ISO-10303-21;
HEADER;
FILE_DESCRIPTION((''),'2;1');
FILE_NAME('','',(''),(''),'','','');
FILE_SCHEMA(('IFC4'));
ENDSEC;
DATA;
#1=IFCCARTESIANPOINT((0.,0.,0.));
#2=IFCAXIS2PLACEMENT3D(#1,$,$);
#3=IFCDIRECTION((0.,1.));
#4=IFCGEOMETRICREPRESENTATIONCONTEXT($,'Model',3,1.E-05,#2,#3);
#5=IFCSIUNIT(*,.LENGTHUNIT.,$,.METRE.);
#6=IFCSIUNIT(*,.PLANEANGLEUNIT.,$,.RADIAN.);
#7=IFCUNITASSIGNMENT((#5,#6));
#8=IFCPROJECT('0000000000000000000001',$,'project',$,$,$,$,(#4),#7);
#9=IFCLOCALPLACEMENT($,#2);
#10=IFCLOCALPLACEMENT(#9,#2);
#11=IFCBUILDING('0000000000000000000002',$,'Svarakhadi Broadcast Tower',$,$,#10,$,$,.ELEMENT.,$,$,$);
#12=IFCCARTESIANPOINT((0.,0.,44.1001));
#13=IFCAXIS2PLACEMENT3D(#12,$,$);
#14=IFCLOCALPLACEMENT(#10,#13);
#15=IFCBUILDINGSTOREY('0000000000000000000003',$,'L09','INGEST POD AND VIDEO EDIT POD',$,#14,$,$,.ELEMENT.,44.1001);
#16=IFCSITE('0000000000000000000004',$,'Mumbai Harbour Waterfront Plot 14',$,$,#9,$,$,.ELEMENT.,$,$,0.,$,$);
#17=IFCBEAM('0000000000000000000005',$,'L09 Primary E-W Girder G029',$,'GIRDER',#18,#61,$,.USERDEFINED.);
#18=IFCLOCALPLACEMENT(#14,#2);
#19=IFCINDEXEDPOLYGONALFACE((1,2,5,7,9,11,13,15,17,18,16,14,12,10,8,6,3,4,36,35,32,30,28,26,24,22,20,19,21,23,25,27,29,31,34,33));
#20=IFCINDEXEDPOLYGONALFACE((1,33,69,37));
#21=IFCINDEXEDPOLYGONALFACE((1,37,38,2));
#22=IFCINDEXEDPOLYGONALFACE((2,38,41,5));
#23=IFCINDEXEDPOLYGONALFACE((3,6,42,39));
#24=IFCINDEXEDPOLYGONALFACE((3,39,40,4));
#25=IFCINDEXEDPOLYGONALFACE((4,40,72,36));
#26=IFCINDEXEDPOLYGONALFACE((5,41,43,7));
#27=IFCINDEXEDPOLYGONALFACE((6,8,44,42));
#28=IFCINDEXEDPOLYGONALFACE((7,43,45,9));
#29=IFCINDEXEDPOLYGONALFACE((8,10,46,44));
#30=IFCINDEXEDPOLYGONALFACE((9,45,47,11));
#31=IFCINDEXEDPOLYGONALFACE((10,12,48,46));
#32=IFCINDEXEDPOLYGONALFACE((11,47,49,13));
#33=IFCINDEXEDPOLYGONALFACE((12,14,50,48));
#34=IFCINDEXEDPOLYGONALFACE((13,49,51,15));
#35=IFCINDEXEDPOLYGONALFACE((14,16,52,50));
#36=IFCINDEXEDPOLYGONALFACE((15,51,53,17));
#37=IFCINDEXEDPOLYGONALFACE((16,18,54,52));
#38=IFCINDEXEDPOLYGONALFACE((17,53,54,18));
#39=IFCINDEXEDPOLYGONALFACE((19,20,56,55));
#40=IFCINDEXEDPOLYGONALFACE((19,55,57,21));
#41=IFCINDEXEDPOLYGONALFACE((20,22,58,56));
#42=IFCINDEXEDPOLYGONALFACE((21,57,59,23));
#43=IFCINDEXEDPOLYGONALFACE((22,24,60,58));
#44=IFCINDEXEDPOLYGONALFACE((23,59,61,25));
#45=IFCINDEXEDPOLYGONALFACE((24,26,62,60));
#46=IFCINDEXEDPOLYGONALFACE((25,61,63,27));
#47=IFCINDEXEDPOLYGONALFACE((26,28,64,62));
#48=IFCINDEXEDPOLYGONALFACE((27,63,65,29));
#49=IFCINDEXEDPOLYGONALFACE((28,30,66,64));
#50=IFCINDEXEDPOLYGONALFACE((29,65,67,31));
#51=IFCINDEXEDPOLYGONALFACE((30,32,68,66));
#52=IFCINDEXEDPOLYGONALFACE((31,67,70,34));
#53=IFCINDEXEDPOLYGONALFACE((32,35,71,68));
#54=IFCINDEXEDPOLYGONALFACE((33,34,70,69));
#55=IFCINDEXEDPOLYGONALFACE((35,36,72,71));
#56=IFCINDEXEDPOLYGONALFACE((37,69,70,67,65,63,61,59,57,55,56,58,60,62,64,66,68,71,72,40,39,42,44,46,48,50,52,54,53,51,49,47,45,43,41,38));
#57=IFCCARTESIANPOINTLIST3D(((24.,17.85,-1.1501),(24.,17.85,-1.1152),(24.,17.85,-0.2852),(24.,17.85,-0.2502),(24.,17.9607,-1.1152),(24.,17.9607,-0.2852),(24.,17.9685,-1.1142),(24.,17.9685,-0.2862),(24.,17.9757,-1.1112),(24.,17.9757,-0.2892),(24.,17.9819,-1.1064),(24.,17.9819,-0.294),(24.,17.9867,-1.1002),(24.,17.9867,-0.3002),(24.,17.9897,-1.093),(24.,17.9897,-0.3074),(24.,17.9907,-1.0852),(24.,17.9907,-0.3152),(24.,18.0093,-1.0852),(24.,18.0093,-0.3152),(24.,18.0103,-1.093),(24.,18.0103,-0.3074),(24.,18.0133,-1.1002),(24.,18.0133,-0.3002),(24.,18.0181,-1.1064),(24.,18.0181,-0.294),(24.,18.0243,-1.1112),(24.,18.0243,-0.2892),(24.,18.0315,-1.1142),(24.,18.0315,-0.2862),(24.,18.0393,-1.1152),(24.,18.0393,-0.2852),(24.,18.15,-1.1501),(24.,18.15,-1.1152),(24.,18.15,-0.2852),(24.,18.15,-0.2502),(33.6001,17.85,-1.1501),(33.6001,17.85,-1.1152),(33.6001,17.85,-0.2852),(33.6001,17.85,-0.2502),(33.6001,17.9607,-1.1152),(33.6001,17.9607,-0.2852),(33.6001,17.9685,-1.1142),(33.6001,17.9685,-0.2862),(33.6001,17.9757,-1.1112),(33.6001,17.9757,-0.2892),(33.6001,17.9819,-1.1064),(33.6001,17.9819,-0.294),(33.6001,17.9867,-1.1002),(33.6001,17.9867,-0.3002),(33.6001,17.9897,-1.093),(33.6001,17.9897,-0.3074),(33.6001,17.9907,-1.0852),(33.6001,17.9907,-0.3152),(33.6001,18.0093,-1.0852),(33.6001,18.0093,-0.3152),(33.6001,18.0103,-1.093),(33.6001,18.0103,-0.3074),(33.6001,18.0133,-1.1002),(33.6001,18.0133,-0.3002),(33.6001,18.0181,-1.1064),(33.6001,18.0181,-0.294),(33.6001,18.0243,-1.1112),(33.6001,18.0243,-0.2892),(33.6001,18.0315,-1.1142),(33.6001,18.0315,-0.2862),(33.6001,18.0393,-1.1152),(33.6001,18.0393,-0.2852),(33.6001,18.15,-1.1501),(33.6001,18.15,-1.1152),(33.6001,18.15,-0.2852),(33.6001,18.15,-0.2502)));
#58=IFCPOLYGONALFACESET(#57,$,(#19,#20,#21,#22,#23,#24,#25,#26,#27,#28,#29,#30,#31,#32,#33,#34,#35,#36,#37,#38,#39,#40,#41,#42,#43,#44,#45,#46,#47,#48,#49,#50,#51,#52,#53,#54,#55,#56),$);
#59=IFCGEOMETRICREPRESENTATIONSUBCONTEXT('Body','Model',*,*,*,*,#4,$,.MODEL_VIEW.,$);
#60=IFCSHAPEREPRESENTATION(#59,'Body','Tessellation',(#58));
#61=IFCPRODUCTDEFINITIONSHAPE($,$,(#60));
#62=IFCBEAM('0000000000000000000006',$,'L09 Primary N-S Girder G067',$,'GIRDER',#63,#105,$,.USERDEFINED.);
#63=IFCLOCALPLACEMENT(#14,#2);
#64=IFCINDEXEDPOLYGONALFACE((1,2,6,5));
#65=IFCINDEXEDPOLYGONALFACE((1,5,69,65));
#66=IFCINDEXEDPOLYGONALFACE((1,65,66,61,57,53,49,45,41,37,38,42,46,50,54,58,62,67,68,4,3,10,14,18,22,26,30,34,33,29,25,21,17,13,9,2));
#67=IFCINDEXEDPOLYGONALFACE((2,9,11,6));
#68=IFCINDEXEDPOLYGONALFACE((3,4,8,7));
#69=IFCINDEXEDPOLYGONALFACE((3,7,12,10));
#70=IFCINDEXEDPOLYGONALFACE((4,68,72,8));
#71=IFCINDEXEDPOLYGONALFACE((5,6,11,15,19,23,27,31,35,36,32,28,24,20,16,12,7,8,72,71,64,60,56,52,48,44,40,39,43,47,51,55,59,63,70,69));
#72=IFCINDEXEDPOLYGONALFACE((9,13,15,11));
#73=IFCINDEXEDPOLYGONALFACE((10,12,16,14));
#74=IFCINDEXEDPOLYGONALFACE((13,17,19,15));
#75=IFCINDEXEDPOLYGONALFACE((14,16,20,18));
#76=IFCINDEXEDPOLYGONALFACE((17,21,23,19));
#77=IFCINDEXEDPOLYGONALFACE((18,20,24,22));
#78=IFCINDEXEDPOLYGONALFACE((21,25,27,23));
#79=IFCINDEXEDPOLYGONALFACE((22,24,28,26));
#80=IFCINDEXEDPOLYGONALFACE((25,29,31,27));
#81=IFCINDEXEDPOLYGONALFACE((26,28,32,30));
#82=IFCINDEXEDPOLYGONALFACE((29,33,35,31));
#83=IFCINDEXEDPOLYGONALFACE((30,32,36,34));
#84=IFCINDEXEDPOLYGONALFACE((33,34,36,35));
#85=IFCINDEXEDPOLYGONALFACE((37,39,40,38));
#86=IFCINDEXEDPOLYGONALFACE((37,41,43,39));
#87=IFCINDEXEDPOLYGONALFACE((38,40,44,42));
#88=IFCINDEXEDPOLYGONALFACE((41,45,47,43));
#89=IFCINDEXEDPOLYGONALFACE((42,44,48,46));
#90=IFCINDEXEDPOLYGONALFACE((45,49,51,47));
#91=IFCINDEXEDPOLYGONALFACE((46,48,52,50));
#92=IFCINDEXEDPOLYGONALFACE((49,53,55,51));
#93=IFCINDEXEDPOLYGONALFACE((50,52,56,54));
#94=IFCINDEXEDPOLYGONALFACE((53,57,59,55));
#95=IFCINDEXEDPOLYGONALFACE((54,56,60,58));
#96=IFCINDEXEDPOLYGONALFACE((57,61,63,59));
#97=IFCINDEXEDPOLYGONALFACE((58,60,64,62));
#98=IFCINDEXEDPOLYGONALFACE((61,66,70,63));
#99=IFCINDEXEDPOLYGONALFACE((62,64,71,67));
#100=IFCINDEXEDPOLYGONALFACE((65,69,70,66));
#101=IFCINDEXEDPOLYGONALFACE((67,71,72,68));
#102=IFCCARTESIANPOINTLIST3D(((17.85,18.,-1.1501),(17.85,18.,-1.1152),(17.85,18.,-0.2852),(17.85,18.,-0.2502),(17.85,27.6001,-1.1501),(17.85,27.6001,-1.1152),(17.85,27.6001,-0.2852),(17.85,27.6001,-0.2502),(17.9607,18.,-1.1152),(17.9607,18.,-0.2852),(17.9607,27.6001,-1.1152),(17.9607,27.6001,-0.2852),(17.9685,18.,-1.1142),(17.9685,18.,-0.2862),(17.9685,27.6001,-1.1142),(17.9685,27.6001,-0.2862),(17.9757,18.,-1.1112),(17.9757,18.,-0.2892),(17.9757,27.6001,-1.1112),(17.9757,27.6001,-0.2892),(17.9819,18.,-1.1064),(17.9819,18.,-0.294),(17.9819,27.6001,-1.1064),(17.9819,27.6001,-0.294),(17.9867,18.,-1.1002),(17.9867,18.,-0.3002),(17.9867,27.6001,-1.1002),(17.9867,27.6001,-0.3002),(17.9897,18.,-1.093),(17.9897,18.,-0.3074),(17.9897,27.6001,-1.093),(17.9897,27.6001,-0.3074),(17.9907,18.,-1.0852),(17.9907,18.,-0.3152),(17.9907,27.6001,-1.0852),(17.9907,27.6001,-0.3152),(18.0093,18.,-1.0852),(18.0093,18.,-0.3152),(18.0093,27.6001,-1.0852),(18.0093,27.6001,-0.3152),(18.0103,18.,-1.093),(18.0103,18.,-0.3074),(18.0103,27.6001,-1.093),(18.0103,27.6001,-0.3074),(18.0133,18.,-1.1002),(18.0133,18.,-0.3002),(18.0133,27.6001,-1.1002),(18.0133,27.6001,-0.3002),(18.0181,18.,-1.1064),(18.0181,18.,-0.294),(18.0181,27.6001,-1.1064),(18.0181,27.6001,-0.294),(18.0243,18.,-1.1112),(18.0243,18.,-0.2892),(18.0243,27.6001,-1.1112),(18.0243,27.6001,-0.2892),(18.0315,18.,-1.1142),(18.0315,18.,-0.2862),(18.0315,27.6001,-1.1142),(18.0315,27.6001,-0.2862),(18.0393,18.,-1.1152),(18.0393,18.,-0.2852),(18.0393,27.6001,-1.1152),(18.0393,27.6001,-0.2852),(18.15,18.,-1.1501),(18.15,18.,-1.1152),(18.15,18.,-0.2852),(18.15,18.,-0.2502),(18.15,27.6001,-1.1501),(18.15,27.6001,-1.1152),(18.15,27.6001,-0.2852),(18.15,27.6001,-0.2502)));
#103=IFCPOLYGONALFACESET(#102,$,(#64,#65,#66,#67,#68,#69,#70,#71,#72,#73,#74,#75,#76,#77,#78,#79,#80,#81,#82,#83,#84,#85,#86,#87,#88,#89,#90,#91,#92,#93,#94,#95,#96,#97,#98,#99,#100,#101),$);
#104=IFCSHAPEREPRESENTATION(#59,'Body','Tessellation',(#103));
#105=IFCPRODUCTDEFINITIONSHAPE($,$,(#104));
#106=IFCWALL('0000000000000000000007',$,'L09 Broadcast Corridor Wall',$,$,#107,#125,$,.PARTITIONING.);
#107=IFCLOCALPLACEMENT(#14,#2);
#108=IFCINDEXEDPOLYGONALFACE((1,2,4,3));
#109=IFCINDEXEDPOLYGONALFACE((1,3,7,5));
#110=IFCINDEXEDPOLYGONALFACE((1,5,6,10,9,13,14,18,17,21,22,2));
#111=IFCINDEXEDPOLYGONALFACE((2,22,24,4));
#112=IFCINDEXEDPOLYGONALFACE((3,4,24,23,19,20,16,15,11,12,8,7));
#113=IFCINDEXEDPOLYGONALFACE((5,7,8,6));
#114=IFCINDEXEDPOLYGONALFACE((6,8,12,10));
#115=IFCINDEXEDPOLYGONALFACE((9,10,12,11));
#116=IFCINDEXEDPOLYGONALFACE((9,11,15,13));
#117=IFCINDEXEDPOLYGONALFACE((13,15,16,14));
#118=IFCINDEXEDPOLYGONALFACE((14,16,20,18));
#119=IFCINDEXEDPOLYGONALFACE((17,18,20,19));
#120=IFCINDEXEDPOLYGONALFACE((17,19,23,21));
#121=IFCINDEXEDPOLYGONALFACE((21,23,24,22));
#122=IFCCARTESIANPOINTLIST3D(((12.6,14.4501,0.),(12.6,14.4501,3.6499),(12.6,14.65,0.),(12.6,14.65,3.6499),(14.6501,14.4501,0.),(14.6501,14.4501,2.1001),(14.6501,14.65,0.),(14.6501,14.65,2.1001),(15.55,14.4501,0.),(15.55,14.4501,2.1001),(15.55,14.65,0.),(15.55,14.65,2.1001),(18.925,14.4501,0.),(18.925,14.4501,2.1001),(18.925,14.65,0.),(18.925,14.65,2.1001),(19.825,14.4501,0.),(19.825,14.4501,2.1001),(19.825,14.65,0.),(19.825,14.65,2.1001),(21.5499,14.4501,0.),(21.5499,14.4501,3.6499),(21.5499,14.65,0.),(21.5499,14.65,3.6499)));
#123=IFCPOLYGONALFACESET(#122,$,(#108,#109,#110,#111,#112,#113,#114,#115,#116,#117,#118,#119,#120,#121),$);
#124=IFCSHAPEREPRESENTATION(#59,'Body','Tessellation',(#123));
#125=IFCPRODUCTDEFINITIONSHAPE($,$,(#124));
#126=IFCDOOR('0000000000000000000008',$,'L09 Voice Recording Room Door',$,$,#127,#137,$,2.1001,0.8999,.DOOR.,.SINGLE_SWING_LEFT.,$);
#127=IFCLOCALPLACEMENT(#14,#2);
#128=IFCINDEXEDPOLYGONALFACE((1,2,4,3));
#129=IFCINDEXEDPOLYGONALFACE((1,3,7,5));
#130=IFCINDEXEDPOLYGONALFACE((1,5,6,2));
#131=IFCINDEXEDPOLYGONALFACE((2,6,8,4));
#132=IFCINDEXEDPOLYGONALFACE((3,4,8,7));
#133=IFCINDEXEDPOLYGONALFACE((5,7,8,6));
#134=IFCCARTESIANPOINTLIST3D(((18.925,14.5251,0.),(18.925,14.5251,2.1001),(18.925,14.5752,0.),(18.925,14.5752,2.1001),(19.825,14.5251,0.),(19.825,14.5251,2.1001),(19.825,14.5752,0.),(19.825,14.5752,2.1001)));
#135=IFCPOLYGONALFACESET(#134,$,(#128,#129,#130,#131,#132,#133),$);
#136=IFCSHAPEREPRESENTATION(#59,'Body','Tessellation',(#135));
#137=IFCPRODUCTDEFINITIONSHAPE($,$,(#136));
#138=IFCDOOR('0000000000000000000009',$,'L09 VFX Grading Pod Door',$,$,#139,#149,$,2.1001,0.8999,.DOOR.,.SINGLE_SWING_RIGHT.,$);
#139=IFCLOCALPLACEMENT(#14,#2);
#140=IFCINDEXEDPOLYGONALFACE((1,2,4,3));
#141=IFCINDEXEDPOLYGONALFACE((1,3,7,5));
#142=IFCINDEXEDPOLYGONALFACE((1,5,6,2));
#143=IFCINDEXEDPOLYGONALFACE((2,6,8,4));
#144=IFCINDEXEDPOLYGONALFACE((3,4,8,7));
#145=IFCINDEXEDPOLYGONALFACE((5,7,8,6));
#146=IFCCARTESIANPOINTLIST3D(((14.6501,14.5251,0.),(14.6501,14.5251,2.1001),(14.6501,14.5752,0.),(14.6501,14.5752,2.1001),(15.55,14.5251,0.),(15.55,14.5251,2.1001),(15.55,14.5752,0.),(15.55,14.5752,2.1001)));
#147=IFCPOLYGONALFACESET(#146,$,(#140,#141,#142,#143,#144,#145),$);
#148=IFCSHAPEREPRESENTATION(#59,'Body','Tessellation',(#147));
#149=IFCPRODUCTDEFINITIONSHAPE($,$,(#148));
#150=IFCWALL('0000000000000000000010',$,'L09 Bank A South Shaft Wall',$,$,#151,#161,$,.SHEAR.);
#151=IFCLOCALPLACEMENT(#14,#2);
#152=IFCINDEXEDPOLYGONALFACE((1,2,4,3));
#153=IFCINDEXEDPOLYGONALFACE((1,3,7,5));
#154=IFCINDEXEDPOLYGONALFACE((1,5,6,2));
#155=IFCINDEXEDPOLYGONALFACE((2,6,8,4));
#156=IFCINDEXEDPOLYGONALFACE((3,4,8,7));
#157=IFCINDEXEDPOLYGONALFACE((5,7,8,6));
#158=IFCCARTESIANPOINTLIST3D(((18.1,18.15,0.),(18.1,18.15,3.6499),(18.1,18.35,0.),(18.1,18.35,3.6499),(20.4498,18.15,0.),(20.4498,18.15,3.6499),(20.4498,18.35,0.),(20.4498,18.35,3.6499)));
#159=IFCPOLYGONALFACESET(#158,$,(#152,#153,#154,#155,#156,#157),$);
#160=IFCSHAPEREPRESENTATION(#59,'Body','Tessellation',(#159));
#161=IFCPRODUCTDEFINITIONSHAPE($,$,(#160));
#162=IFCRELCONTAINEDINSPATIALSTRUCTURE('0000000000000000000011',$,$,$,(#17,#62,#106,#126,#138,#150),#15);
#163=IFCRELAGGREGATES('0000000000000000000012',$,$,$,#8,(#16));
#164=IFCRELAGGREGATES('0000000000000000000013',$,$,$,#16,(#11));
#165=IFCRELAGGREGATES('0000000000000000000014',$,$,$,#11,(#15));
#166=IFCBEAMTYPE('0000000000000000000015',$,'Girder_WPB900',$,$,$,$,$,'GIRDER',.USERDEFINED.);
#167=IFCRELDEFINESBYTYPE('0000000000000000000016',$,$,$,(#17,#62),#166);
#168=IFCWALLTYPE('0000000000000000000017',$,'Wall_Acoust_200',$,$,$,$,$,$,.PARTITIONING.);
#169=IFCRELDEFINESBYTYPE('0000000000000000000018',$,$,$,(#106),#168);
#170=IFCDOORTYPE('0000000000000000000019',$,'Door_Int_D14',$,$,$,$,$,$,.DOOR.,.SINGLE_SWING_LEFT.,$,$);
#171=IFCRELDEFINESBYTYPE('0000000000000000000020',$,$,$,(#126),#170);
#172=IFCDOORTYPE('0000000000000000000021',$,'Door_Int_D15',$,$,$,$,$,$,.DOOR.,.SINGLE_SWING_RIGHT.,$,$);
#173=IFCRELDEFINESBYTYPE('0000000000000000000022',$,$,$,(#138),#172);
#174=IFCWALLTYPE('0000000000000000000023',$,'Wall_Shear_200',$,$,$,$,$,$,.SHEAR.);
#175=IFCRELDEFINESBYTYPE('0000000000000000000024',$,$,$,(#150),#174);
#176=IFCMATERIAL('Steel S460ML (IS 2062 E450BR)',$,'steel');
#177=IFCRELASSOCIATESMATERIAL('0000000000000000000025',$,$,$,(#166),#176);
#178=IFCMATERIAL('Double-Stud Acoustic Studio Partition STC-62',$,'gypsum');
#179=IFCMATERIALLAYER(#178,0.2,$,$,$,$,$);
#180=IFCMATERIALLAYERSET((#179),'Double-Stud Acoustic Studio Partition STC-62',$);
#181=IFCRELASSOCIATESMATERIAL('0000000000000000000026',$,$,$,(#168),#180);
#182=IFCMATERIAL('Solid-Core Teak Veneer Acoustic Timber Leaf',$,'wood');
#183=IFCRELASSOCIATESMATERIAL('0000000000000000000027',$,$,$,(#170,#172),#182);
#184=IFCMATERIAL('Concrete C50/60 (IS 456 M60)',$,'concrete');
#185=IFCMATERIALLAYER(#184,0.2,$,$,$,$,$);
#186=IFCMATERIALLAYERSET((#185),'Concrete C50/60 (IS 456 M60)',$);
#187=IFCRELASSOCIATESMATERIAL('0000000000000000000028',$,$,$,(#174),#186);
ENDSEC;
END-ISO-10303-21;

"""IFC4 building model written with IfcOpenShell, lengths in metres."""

from ifc_helpers import new_model, si_unit, direction, frame, frame_2d, origin, origin_2d, place, context, subcontext, project, spatial, rectangle, i_section, extrude, material, layer, layer_set, material_profile, profile_set, type_object, element, fill, save


model = new_model("IFC4")

# Units and contexts
model_context = context("Model", 3, precision=1e-05, world=origin(), true_north=direction((0.0, 1.0)))
body_context = subcontext(model_context, "Body", "Model", "MODEL_VIEW")
ifc_project = project(units=[si_unit("LENGTHUNIT", "METRE"), si_unit("PLANEANGLEUNIT", "RADIAN")], contexts=[model_context])

# Site, building, storey
site_placement = place(None, origin())
site = spatial("IfcSite", under=ifc_project, at=site_placement, Name="Mumbai Harbour Waterfront Plot 14", CompositionType="ELEMENT", RefElevation=0.0)
building_placement = place(site_placement, origin())
building = spatial("IfcBuilding", under=site, at=building_placement, Name="Svarakhadi Broadcast Tower", CompositionType="ELEMENT")
storey_placement = place(building_placement, frame((0.0, 0.0, 44.1001)))
storey = spatial("IfcBuildingStorey", under=building, at=storey_placement, Name="L09", Description="INGEST POD AND VIDEO EDIT POD", CompositionType="ELEMENT", Elevation=44.1001)

# Beams
ifc_material_1 = material(Name="Steel S460ML (IS 2062 E450BR)", Category="steel")
ifc_material_profile_1 = material_profile(ifc_material_1, i_section(OverallWidth=0.3, OverallDepth=0.8999, WebThickness=0.0186, FlangeThickness=0.0349, FilletRadius=0.03, at=origin_2d()), Name="WPB 900x300x291")
ifc_profile_set_1 = profile_set([ifc_material_profile_1], Name="Steel S460ML (IS 2062 E450BR)")
beam_type_1 = type_object("IfcBeamType", Name="Girder_WPB900", ElementType="GIRDER", PredefinedType="USERDEFINED", material=ifc_profile_set_1)
for number, where, z_axis, x_axis, name in (
    (1, (24.0, 18.0, -0.7002), (1.0, 0.0, 0.0), (0.0, 1.0, 0.0), "L09 Primary E-W Girder G029"),
    (2, (18.0, 18.0, -0.7002), (0.0, 1.0, 0.0), (-1.0, 0.0, 0.0), "L09 Primary N-S Girder G067"),
):
    element("IfcBeam", number, at=place(storey_placement, frame(where, z_axis=z_axis, x_axis=x_axis)), inside=storey, type_object=beam_type_1, Name=name, ObjectType="GIRDER", PredefinedType="USERDEFINED", context=body_context, shape_type="SweptSolid", body=[
        extrude(i_section(OverallWidth=0.3, OverallDepth=0.8999, WebThickness=0.0186, FlangeThickness=0.0349, FilletRadius=0.03, at=origin_2d()), origin(), (0.0, 0.0, 1.0), 9.6001),
    ])

# Wall, openings, doors
ifc_material_2 = material(Name="Double-Stud Acoustic Studio Partition STC-62", Category="gypsum")
ifc_layer_1 = layer(ifc_material_2, 0.2)
ifc_layer_set_1 = layer_set([ifc_layer_1], Name="Double-Stud Acoustic Studio Partition STC-62")
wall_type_1 = type_object("IfcWallType", Name="Wall_Acoust_200", PredefinedType="PARTITIONING", material=ifc_layer_set_1)
wall_1_placement = place(storey_placement, frame((21.55, 14.55, 0.0), z_axis=(0.0, 0.0, 1.0), x_axis=(-1.0, 0.0, 0.0)))
wall_1 = element("IfcWall", 3, at=wall_1_placement, inside=storey, type_object=wall_type_1, Name="L09 Broadcast Corridor Wall", PredefinedType="PARTITIONING", context=body_context, shape_type="SweptSolid", body=[
    extrude(rectangle(XDim=8.95, YDim=0.2, at=frame_2d((4.4751, 0.0))), origin(), (0.0, 0.0, 1.0), 3.6499),
])
opening_1_placement = place(wall_1_placement, frame((6.0, 0.0, 0.0)))
opening_1 = element("IfcOpeningElement", 4, at=opening_1_placement, cuts=wall_1, PredefinedType="OPENING", context=body_context, shape_type="SweptSolid", body=[
    extrude(rectangle(XDim=0.8999, YDim=2.1001, at=frame_2d((0.45, 1.05))), frame((0.0, 0.1099, 0.0), z_axis=(0.0, -1.0, 0.0), x_axis=(1.0, 0.0, 0.0)), (0.0, 0.0, 1.0), 0.22),
])
opening_2_placement = place(wall_1_placement, frame((1.7251, 0.0, 0.0)))
opening_2 = element("IfcOpeningElement", 5, at=opening_2_placement, cuts=wall_1, PredefinedType="OPENING", context=body_context, shape_type="SweptSolid", body=[
    extrude(rectangle(XDim=0.8999, YDim=2.1001, at=frame_2d((0.45, 1.05))), frame((0.0, 0.1099, 0.0), z_axis=(0.0, -1.0, 0.0), x_axis=(1.0, 0.0, 0.0)), (0.0, 0.0, 1.0), 0.22),
])
ifc_material_3 = material(Name="Solid-Core Teak Veneer Acoustic Timber Leaf", Category="wood")
door_type_1 = type_object("IfcDoorType", Name="Door_Int_D14", OperationType="SINGLE_SWING_LEFT", PredefinedType="DOOR", material=ifc_material_3)
door_1_placement = place(opening_2_placement, origin())
door_1 = element("IfcDoor", 6, at=door_1_placement, inside=storey, type_object=door_type_1, Name="L09 Voice Recording Room Door", OperationType="SINGLE_SWING_LEFT", OverallHeight=2.1001, OverallWidth=0.8999, PredefinedType="DOOR", context=body_context, shape_type="SweptSolid", body=[
    extrude(rectangle(XDim=0.8999, YDim=2.1001, at=frame_2d((0.45, 1.05))), frame((0.0, 0.0249, 0.0), z_axis=(0.0, -1.0, 0.0), x_axis=(1.0, 0.0, 0.0)), (0.0, 0.0, 1.0), 0.05),
])
fill(opening_2, door_1)
door_type_2 = type_object("IfcDoorType", Name="Door_Int_D15", OperationType="SINGLE_SWING_RIGHT", PredefinedType="DOOR", material=ifc_material_3)
door_2_placement = place(opening_1_placement, origin())
door_2 = element("IfcDoor", 7, at=door_2_placement, inside=storey, type_object=door_type_2, Name="L09 VFX Grading Pod Door", OperationType="SINGLE_SWING_RIGHT", OverallHeight=2.1001, OverallWidth=0.8999, PredefinedType="DOOR", context=body_context, shape_type="SweptSolid", body=[
    extrude(rectangle(XDim=0.8999, YDim=2.1001, at=frame_2d((0.45, 1.05))), frame((0.0, 0.0249, 0.0), z_axis=(0.0, -1.0, 0.0), x_axis=(1.0, 0.0, 0.0)), (0.0, 0.0, 1.0), 0.05),
])
fill(opening_1, door_2)

# Wall
ifc_material_4 = material(Name="Concrete C50/60 (IS 456 M60)", Category="concrete")
ifc_layer_2 = layer(ifc_material_4, 0.2)
ifc_layer_set_2 = layer_set([ifc_layer_2], Name="Concrete C50/60 (IS 456 M60)")
wall_type_2 = type_object("IfcWallType", Name="Wall_Shear_200", PredefinedType="SHEAR", material=ifc_layer_set_2)
wall_2_placement = place(storey_placement, frame((18.1001, 18.25, 0.0), z_axis=(0.0, 0.0, 1.0), x_axis=(1.0, 0.0, 0.0)))
element("IfcWall", 8, at=wall_2_placement, inside=storey, type_object=wall_type_2, Name="L09 Bank A South Shaft Wall", PredefinedType="SHEAR", context=body_context, shape_type="SweptSolid", body=[
    extrude(rectangle(XDim=2.3499, YDim=0.2, at=frame_2d((1.1748, 0.0))), origin(), (0.0, 0.0, 1.0), 3.6499),
])

save(model, "model.ifc")
